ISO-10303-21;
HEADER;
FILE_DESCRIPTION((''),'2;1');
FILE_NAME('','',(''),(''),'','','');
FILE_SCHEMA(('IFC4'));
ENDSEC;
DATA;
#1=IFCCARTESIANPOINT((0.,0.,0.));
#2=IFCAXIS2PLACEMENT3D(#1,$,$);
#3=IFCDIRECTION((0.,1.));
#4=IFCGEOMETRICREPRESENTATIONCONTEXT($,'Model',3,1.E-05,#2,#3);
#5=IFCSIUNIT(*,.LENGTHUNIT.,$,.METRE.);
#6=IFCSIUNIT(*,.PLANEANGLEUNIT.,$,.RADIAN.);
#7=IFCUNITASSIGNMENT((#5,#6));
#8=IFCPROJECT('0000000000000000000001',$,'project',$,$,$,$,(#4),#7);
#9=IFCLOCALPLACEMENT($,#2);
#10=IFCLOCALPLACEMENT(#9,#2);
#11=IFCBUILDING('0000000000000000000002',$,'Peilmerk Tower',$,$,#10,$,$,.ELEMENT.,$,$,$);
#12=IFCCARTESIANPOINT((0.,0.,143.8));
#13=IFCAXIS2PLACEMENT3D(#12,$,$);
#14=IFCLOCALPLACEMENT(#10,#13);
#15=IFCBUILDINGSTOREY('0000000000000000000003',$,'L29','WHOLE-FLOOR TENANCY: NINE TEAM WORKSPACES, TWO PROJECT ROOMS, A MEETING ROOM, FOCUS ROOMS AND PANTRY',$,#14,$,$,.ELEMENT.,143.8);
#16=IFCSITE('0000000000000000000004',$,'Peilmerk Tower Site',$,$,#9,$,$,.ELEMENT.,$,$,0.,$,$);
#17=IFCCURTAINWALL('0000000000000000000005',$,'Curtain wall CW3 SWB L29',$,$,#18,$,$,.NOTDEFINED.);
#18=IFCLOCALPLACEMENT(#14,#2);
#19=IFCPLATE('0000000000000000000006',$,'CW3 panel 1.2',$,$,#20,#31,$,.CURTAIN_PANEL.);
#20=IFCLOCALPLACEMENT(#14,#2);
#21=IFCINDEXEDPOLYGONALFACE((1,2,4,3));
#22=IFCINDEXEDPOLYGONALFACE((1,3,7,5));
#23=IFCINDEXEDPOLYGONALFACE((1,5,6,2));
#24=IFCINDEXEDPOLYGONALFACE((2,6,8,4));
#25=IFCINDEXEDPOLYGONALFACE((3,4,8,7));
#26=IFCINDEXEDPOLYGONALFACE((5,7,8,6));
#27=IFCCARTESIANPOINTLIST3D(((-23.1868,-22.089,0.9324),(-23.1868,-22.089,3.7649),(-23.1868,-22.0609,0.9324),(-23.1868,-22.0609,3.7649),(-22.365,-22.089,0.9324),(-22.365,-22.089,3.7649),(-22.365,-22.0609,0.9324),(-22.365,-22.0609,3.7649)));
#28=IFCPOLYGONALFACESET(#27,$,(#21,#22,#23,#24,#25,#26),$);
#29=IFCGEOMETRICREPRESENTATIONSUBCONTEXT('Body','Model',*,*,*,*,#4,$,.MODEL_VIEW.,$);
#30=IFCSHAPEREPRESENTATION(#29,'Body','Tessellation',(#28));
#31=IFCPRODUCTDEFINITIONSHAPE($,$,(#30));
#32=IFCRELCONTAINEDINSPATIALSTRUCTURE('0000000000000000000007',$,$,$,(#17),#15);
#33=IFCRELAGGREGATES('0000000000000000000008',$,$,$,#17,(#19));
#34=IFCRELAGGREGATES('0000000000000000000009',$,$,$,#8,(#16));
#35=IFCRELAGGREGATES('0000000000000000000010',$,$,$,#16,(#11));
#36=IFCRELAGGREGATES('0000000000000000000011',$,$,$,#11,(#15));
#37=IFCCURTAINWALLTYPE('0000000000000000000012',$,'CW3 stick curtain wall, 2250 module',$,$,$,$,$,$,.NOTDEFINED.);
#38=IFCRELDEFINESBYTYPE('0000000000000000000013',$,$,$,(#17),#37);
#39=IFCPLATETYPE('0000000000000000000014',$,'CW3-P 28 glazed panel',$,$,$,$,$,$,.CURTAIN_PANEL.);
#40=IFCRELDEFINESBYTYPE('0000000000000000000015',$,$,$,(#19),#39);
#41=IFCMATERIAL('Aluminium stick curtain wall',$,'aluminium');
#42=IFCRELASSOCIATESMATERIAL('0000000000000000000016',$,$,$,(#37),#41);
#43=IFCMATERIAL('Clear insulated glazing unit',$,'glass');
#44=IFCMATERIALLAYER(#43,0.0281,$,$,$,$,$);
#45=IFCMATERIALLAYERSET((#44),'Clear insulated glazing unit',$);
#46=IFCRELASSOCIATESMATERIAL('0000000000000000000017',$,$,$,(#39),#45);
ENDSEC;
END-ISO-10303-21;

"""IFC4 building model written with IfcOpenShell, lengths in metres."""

from ifc_helpers import new_model, si_unit, direction, frame, origin, origin_2d, place, context, subcontext, project, spatial, rectangle, extrude, material, layer, layer_set, type_object, element, aggregate, save


model = new_model("IFC4")

# Units and contexts
model_context = context("Model", 3, precision=1e-05, world=origin(), true_north=direction((0.0, 1.0)))
body_context = subcontext(model_context, "Body", "Model", "MODEL_VIEW")
ifc_project = project(units=[si_unit("LENGTHUNIT", "METRE"), si_unit("PLANEANGLEUNIT", "RADIAN")], contexts=[model_context])

# Site, building, storey
site_placement = place(None, origin())
site = spatial("IfcSite", under=ifc_project, at=site_placement, Name="Peilmerk Tower Site", CompositionType="ELEMENT", RefElevation=0.0)
building_placement = place(site_placement, origin())
building = spatial("IfcBuilding", under=site, at=building_placement, Name="Peilmerk Tower", CompositionType="ELEMENT")
storey_placement = place(building_placement, frame((0.0, 0.0, 143.8)))
storey = spatial("IfcBuildingStorey", under=building, at=storey_placement, Name="L29", Description="WHOLE-FLOOR TENANCY: NINE TEAM WORKSPACES, TWO PROJECT ROOMS, A MEETING ROOM, FOCUS ROOMS AND PANTRY", CompositionType="ELEMENT", Elevation=143.8)

# Curtain wall, plate
ifc_material_1 = material(Name="Aluminium stick curtain wall", Category="aluminium")
curtain_wall_type = type_object("IfcCurtainWallType", Name="CW3 stick curtain wall, 2250 module", PredefinedType="NOTDEFINED", material=ifc_material_1)
curtain_wall_placement = place(storey_placement, origin())
curtain_wall = element("IfcCurtainWall", 1, at=curtain_wall_placement, inside=storey, type_object=curtain_wall_type, Name="Curtain wall CW3 SWB L29", PredefinedType="NOTDEFINED")
ifc_material_2 = material(Name="Clear insulated glazing unit", Category="glass")
ifc_layer = layer(ifc_material_2, 0.0281)
ifc_layer_set = layer_set([ifc_layer], Name="Clear insulated glazing unit")
plate_type = type_object("IfcPlateType", Name="CW3-P 28 glazed panel", PredefinedType="CURTAIN_PANEL", material=ifc_layer_set)
plate_1_placement = place(storey_placement, frame((-22.7759, -22.075, 0.9324), z_axis=(0.0, 0.0, 1.0), x_axis=(-1.0, 0.0, 0.0)))
plate_1 = element("IfcPlate", 2, at=plate_1_placement, type_object=plate_type, Name="CW3 panel 1.2", PredefinedType="CURTAIN_PANEL", context=body_context, shape_type="SweptSolid", body=[
    extrude(rectangle(XDim=0.8218, YDim=0.0281, at=origin_2d()), origin(), (0.0, 0.0, 1.0), 2.8325),
])
aggregate(curtain_wall, [plate_1])

save(model, "model.ifc")
